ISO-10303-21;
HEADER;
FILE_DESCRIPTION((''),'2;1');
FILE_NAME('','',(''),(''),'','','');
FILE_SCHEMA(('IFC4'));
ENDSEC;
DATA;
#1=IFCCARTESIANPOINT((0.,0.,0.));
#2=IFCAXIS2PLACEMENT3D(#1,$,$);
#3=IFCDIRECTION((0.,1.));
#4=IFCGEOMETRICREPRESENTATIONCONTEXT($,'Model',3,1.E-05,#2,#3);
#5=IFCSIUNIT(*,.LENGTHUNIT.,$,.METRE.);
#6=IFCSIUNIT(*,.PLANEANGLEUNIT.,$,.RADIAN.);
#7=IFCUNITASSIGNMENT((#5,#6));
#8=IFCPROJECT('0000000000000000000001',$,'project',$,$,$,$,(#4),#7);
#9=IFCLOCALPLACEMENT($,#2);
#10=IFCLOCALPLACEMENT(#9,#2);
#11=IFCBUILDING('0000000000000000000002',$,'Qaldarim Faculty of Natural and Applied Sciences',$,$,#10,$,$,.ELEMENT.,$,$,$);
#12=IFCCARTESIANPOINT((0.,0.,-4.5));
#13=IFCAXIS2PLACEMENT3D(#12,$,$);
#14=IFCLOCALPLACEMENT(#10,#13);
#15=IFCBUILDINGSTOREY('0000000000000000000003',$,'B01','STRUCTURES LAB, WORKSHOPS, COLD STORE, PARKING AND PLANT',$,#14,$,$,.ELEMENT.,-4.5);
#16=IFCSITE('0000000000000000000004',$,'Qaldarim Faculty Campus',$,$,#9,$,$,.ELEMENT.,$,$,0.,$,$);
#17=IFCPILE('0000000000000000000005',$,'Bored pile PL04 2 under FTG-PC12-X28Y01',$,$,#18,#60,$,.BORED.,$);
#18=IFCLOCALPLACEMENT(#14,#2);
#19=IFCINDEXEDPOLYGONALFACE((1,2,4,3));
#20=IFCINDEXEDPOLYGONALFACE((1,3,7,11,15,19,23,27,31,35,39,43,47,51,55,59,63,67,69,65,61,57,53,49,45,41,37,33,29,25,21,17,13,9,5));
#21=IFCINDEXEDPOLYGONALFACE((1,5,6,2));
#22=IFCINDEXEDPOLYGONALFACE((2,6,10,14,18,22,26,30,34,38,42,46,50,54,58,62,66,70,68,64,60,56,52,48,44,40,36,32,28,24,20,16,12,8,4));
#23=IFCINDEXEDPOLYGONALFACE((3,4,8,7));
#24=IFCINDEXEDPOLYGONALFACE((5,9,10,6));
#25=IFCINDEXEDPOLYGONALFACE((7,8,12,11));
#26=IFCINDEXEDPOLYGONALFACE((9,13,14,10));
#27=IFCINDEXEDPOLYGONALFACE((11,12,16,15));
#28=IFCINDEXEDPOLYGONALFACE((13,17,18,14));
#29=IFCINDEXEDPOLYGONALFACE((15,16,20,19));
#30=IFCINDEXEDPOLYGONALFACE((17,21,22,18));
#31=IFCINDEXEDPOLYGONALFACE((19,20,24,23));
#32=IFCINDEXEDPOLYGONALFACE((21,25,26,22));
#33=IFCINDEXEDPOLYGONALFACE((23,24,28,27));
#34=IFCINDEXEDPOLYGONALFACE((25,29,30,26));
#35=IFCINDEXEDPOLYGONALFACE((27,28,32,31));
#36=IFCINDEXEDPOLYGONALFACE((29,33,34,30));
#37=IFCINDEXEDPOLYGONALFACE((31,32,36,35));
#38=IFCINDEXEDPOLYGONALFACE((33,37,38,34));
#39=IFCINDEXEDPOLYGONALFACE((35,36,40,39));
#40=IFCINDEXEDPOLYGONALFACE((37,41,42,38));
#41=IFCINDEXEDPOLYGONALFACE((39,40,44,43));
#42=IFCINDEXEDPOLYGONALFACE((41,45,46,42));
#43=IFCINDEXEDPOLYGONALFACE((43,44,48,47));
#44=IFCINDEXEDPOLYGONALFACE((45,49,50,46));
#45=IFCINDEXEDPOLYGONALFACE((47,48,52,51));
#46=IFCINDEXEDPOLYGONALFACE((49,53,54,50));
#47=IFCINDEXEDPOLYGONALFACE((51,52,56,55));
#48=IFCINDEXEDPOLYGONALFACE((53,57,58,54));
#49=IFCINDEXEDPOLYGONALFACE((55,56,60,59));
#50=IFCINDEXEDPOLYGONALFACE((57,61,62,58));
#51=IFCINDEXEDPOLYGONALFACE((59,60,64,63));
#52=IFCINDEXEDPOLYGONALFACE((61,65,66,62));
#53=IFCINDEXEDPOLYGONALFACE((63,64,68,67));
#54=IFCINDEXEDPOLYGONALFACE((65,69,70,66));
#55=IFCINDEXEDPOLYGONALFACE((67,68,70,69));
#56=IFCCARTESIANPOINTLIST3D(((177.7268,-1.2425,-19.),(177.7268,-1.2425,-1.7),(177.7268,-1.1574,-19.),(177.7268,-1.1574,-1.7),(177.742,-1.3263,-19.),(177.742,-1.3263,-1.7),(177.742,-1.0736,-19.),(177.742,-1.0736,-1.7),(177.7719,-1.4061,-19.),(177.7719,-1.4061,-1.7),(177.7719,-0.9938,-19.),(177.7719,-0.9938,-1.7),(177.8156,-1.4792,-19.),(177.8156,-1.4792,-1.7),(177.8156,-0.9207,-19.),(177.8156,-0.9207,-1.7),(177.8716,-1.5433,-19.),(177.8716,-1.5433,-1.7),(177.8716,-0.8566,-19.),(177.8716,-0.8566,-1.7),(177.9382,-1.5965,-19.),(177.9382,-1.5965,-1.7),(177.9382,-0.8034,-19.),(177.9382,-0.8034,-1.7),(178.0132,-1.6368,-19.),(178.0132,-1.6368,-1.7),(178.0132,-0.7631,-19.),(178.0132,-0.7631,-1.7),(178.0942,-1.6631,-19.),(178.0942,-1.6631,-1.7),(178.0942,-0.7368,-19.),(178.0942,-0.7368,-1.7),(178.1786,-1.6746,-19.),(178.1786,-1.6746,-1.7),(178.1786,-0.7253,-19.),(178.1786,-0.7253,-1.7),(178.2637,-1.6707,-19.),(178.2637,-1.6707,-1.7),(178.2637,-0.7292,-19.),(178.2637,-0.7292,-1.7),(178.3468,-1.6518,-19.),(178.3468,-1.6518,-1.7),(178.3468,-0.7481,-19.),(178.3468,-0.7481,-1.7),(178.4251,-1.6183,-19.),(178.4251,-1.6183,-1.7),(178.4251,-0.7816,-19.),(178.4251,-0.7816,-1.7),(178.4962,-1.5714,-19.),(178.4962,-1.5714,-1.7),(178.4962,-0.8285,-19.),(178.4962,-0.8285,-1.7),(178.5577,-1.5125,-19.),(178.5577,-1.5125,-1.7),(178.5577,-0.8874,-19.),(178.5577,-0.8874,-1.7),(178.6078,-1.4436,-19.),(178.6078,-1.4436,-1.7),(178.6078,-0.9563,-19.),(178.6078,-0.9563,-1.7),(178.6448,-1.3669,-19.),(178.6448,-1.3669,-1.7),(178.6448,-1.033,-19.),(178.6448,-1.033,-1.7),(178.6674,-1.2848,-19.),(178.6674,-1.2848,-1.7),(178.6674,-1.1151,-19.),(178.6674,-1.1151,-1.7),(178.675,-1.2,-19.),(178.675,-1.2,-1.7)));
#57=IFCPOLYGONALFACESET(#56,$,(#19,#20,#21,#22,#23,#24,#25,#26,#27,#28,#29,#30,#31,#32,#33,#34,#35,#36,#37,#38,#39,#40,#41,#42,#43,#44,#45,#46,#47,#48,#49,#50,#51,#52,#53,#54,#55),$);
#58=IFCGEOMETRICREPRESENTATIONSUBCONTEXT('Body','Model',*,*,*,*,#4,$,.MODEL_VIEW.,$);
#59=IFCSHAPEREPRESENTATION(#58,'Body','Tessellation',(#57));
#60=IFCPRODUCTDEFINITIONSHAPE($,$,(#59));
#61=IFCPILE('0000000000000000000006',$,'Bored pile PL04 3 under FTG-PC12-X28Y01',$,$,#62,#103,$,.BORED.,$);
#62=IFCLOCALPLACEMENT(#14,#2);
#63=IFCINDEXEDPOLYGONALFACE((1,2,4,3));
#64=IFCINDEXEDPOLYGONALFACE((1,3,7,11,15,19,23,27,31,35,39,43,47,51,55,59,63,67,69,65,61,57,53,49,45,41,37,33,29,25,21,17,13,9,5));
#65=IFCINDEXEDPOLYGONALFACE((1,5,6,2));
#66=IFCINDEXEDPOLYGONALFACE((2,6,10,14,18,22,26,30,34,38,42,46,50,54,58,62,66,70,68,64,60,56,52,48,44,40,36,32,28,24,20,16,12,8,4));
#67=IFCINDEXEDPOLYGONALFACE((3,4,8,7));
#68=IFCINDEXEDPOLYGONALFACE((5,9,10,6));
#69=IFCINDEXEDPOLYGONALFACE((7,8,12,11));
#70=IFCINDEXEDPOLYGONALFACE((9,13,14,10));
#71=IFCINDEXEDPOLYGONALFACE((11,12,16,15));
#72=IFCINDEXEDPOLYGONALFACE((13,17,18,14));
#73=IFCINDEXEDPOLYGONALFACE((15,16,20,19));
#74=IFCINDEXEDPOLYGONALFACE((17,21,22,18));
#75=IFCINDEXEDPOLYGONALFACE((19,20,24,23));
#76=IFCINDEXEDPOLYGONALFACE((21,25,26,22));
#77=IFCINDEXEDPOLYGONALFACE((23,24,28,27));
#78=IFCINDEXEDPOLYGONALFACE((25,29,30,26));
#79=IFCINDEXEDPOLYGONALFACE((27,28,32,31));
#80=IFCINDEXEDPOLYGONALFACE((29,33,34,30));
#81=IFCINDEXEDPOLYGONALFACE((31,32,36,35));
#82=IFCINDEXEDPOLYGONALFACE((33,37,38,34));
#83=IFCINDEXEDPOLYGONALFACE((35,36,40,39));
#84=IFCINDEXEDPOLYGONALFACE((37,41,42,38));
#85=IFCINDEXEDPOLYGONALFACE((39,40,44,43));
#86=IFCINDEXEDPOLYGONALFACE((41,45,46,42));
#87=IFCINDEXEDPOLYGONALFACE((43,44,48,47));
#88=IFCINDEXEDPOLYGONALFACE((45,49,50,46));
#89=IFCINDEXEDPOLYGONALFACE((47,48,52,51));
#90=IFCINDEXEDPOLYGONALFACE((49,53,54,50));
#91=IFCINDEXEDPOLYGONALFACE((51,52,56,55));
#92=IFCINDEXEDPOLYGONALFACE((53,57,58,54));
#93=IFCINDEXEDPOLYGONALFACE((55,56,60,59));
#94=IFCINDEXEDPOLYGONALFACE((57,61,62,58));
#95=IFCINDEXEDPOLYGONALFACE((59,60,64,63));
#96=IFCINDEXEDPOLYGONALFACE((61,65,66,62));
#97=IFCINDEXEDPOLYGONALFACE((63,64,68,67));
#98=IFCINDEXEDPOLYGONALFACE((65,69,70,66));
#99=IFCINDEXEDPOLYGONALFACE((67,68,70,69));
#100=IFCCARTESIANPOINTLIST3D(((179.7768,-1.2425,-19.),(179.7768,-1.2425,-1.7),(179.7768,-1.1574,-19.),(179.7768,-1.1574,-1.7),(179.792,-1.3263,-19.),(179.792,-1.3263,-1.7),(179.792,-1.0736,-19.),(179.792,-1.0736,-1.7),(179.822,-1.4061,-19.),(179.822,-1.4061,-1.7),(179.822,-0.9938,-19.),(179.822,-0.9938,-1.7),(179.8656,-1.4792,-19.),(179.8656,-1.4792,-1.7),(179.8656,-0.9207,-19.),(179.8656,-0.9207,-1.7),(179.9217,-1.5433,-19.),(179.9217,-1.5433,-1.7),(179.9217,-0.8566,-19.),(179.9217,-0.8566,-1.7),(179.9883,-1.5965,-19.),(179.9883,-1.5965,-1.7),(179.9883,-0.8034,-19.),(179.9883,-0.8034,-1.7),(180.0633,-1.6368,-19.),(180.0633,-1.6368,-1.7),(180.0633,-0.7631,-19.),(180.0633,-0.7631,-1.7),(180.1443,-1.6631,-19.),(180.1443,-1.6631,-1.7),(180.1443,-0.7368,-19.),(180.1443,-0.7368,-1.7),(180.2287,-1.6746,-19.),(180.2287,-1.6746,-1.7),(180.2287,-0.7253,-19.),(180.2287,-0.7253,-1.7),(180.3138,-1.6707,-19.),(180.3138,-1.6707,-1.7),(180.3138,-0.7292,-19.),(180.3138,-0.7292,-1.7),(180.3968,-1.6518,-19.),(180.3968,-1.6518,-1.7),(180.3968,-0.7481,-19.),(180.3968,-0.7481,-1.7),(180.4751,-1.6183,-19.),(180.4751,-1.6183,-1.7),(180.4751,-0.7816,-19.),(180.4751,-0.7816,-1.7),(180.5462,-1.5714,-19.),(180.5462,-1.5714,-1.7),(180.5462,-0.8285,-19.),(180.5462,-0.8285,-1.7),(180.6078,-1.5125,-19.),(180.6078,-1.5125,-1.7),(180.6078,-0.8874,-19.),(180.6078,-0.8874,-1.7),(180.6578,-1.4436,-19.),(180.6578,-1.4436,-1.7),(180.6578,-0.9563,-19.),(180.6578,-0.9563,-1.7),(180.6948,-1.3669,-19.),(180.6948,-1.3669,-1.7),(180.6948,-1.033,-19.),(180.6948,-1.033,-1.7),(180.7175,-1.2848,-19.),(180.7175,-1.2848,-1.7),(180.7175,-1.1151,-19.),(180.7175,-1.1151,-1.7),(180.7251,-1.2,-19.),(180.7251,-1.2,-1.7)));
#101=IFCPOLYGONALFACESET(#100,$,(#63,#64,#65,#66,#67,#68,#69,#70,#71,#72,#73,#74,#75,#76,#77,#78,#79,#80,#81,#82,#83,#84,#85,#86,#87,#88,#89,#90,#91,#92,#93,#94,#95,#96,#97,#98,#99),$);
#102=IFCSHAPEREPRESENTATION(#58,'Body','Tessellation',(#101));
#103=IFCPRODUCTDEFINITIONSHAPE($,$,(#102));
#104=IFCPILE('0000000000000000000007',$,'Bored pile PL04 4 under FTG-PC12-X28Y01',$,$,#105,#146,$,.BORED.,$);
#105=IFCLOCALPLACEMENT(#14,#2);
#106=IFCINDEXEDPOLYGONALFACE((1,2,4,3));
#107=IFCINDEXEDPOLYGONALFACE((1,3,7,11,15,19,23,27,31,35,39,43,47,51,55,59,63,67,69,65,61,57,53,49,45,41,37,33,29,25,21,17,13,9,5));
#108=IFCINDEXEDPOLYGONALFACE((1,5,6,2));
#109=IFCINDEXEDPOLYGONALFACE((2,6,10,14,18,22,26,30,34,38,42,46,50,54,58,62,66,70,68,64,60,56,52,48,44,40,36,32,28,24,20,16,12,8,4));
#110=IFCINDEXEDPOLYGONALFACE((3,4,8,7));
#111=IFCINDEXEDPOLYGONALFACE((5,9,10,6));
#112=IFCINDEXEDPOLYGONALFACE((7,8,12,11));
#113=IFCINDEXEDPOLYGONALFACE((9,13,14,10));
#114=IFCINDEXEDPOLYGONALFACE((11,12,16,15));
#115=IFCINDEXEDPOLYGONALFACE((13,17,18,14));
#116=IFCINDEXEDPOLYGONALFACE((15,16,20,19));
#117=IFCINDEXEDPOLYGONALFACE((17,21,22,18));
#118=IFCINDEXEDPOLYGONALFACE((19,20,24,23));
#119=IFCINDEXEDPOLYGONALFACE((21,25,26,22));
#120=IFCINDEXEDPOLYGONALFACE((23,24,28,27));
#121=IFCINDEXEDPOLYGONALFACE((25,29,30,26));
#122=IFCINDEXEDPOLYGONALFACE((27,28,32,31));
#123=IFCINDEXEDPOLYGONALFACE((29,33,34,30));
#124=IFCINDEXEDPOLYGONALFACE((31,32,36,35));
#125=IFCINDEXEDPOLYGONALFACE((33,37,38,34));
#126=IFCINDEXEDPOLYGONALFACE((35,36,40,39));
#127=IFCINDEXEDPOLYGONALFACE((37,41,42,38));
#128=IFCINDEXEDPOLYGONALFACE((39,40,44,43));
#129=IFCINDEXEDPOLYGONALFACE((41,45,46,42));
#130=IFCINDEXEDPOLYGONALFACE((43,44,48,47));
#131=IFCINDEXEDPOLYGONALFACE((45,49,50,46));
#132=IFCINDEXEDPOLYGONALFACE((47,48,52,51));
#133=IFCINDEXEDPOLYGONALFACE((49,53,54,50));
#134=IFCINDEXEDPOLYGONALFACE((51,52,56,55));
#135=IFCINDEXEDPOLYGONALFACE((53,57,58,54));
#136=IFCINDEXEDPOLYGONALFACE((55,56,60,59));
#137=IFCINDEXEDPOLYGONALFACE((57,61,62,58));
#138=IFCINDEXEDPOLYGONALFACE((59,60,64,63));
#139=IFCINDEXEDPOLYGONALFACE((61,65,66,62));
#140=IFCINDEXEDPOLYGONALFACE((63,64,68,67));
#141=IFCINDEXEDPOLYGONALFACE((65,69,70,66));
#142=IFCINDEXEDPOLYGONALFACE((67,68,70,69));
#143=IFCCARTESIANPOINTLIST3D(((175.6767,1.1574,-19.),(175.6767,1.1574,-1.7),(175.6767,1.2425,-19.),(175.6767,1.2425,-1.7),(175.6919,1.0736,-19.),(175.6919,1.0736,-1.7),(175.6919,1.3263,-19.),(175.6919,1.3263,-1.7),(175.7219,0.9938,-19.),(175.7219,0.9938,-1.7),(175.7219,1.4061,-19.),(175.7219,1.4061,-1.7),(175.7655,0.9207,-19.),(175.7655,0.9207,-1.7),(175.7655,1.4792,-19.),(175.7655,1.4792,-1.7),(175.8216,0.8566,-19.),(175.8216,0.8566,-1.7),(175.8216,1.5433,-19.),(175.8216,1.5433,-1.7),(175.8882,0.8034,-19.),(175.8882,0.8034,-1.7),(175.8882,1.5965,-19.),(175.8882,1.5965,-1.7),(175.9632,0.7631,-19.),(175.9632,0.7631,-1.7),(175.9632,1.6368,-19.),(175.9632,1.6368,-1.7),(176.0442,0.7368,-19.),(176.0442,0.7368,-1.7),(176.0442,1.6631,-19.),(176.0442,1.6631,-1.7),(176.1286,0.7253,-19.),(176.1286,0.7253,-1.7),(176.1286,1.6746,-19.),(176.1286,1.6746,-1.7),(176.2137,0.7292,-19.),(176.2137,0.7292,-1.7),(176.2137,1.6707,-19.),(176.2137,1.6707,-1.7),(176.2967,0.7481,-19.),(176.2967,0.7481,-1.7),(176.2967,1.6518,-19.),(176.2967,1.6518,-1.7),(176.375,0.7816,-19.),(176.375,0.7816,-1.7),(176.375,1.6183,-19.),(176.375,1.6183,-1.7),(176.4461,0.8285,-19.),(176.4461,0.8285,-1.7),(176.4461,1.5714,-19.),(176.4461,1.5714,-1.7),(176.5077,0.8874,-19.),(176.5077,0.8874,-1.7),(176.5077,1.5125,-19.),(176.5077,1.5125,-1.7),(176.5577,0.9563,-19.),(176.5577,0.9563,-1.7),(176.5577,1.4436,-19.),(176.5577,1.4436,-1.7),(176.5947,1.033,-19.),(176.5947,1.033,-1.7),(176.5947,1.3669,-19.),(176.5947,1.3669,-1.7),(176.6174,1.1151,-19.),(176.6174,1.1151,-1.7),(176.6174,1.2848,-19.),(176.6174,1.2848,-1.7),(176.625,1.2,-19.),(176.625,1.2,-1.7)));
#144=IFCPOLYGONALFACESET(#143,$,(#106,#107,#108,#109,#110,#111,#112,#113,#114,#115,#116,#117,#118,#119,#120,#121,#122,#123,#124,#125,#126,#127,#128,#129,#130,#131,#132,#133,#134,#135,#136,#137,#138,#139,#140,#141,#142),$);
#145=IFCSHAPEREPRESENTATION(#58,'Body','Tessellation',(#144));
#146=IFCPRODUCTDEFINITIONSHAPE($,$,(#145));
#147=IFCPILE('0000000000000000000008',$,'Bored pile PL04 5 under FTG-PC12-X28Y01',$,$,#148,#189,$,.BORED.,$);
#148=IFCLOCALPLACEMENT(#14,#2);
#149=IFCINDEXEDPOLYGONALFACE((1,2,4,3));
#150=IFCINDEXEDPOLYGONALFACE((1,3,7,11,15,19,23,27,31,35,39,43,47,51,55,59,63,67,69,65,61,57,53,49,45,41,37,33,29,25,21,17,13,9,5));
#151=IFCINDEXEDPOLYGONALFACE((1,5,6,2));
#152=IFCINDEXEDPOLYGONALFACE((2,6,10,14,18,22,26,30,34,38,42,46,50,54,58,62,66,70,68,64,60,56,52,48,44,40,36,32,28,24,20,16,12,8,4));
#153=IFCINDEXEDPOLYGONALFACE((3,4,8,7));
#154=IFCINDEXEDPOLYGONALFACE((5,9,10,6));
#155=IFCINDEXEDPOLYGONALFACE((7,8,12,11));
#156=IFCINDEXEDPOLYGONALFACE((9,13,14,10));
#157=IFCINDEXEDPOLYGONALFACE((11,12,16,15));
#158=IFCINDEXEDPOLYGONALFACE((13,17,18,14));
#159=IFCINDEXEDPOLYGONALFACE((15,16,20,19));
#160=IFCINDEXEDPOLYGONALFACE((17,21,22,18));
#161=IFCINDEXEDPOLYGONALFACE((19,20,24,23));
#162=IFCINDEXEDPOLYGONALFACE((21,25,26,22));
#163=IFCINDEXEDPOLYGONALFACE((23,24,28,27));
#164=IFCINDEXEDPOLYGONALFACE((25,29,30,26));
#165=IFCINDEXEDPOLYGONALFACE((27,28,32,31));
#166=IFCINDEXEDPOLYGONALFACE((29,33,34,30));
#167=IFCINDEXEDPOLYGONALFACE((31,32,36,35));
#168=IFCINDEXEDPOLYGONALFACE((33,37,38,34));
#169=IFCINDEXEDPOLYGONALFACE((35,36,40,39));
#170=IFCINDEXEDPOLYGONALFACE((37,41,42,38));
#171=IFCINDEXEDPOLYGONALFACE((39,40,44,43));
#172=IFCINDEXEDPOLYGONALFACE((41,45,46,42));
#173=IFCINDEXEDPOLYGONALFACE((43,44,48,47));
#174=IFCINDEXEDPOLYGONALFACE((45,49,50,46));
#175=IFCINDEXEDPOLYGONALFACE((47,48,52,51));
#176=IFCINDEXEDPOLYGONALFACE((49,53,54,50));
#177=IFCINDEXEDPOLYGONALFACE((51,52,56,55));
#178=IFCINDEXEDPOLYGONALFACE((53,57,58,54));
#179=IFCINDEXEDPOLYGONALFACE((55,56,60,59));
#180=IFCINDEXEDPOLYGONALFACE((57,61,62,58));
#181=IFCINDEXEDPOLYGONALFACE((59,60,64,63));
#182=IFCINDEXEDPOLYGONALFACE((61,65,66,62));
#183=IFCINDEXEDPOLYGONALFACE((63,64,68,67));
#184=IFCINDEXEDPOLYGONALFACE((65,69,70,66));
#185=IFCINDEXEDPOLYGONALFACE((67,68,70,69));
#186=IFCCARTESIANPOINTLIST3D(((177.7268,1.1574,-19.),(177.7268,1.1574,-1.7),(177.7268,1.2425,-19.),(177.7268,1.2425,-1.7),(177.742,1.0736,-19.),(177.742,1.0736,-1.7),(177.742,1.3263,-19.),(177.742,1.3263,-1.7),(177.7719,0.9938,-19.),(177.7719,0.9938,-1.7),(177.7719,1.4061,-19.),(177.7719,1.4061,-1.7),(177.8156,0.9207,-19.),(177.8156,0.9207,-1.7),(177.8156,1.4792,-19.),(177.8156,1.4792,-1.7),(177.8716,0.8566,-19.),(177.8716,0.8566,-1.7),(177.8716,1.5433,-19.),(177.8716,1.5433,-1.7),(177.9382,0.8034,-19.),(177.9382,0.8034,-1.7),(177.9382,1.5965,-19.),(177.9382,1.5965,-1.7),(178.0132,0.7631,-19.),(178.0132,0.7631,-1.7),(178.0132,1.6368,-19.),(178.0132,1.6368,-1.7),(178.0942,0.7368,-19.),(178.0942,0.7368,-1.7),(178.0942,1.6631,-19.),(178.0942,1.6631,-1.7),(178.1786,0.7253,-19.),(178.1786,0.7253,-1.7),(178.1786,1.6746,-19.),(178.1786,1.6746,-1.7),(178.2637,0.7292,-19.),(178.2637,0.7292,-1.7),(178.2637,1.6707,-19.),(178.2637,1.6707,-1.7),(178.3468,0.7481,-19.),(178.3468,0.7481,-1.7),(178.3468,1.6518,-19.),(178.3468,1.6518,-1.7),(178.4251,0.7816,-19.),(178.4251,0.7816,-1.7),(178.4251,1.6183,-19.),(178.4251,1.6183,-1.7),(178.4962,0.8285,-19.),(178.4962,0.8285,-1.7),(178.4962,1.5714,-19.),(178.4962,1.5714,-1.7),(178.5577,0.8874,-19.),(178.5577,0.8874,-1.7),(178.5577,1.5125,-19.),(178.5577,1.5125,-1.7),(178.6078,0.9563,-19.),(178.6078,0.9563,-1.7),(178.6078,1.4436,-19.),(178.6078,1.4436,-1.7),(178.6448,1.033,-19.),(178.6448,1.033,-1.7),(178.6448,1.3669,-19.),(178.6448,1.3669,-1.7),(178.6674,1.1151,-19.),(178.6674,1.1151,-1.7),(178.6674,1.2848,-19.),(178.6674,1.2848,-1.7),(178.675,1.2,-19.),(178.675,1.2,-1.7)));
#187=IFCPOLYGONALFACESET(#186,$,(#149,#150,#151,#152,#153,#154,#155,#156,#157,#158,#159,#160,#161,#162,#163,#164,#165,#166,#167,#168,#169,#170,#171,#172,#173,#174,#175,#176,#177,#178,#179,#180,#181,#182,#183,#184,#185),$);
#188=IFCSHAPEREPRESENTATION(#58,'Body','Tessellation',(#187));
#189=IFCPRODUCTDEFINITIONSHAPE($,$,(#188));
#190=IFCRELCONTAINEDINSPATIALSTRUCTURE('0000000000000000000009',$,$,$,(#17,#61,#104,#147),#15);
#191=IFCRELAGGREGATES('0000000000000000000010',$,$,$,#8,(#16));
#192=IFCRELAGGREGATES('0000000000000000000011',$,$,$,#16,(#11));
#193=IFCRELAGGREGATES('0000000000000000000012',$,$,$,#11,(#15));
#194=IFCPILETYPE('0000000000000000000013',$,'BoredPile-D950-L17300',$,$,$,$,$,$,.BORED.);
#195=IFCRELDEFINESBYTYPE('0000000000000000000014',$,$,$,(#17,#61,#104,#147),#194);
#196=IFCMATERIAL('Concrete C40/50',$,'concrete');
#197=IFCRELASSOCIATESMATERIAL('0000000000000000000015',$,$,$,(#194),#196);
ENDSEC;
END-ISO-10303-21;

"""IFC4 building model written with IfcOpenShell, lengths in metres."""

from ifc_helpers import new_model, si_unit, direction, frame, origin, origin_2d, place, context, subcontext, project, spatial, circle, extrude, material, material_profile, profile_set, type_object, element, save


model = new_model("IFC4")

# Units and contexts
model_context = context("Model", 3, precision=1e-05, world=origin(), true_north=direction((0.0, 1.0)))
body_context = subcontext(model_context, "Body", "Model", "MODEL_VIEW")
ifc_project = project(units=[si_unit("LENGTHUNIT", "METRE"), si_unit("PLANEANGLEUNIT", "RADIAN")], contexts=[model_context])

# Site, building, storey
site_placement = place(None, origin())
site = spatial("IfcSite", under=ifc_project, at=site_placement, Name="Qaldarim Faculty Campus", CompositionType="ELEMENT", RefElevation=0.0)
building_placement = place(site_placement, origin())
building = spatial("IfcBuilding", under=site, at=building_placement, Name="Qaldarim Faculty of Natural and Applied Sciences", CompositionType="ELEMENT")
storey_placement = place(building_placement, frame((0.0, 0.0, -4.5)))
storey = spatial("IfcBuildingStorey", under=building, at=storey_placement, Name="B01", Description="STRUCTURES LAB, WORKSHOPS, COLD STORE, PARKING AND PLANT", CompositionType="ELEMENT", Elevation=-4.5)

# Piles
ifc_material_1 = material(Name="Concrete C40/50", Category="concrete")
ifc_material_profile_1 = material_profile(ifc_material_1, circle(Radius=0.4751, at=origin_2d()), Name="PILE-D950")
ifc_profile_set_1 = profile_set([ifc_material_profile_1], Name="Concrete C40/50")
pile_type_1 = type_object("IfcPileType", Name="BoredPile-D950-L17300", PredefinedType="BORED", material=ifc_profile_set_1)
for number, where, z_axis, x_axis, name in (
    (1, (178.2, -1.2, -1.7), (0.0, 0.0, -1.0), (1.0, 0.0, 0.0), "Bored pile PL04 2 under FTG-PC12-X28Y01"),
    (2, (180.25, -1.2, -1.7), (0.0, 0.0, -1.0), (1.0, 0.0, 0.0), "Bored pile PL04 3 under FTG-PC12-X28Y01"),
    (3, (176.1499, 1.2, -1.7), (0.0, 0.0, -1.0), (1.0, 0.0, 0.0), "Bored pile PL04 4 under FTG-PC12-X28Y01"),
    (4, (178.2, 1.2, -1.7), (0.0, 0.0, -1.0), (1.0, 0.0, 0.0), "Bored pile PL04 5 under FTG-PC12-X28Y01"),
):
    element("IfcPile", number, at=place(storey_placement, frame(where, z_axis=z_axis, x_axis=x_axis)), inside=storey, type_object=pile_type_1, Name=name, PredefinedType="BORED", context=body_context, shape_type="SweptSolid", body=[
        extrude(circle(Radius=0.4751, at=origin_2d()), origin(), (0.0, 0.0, 1.0), 17.3),
    ])

save(model, "model.ifc")
